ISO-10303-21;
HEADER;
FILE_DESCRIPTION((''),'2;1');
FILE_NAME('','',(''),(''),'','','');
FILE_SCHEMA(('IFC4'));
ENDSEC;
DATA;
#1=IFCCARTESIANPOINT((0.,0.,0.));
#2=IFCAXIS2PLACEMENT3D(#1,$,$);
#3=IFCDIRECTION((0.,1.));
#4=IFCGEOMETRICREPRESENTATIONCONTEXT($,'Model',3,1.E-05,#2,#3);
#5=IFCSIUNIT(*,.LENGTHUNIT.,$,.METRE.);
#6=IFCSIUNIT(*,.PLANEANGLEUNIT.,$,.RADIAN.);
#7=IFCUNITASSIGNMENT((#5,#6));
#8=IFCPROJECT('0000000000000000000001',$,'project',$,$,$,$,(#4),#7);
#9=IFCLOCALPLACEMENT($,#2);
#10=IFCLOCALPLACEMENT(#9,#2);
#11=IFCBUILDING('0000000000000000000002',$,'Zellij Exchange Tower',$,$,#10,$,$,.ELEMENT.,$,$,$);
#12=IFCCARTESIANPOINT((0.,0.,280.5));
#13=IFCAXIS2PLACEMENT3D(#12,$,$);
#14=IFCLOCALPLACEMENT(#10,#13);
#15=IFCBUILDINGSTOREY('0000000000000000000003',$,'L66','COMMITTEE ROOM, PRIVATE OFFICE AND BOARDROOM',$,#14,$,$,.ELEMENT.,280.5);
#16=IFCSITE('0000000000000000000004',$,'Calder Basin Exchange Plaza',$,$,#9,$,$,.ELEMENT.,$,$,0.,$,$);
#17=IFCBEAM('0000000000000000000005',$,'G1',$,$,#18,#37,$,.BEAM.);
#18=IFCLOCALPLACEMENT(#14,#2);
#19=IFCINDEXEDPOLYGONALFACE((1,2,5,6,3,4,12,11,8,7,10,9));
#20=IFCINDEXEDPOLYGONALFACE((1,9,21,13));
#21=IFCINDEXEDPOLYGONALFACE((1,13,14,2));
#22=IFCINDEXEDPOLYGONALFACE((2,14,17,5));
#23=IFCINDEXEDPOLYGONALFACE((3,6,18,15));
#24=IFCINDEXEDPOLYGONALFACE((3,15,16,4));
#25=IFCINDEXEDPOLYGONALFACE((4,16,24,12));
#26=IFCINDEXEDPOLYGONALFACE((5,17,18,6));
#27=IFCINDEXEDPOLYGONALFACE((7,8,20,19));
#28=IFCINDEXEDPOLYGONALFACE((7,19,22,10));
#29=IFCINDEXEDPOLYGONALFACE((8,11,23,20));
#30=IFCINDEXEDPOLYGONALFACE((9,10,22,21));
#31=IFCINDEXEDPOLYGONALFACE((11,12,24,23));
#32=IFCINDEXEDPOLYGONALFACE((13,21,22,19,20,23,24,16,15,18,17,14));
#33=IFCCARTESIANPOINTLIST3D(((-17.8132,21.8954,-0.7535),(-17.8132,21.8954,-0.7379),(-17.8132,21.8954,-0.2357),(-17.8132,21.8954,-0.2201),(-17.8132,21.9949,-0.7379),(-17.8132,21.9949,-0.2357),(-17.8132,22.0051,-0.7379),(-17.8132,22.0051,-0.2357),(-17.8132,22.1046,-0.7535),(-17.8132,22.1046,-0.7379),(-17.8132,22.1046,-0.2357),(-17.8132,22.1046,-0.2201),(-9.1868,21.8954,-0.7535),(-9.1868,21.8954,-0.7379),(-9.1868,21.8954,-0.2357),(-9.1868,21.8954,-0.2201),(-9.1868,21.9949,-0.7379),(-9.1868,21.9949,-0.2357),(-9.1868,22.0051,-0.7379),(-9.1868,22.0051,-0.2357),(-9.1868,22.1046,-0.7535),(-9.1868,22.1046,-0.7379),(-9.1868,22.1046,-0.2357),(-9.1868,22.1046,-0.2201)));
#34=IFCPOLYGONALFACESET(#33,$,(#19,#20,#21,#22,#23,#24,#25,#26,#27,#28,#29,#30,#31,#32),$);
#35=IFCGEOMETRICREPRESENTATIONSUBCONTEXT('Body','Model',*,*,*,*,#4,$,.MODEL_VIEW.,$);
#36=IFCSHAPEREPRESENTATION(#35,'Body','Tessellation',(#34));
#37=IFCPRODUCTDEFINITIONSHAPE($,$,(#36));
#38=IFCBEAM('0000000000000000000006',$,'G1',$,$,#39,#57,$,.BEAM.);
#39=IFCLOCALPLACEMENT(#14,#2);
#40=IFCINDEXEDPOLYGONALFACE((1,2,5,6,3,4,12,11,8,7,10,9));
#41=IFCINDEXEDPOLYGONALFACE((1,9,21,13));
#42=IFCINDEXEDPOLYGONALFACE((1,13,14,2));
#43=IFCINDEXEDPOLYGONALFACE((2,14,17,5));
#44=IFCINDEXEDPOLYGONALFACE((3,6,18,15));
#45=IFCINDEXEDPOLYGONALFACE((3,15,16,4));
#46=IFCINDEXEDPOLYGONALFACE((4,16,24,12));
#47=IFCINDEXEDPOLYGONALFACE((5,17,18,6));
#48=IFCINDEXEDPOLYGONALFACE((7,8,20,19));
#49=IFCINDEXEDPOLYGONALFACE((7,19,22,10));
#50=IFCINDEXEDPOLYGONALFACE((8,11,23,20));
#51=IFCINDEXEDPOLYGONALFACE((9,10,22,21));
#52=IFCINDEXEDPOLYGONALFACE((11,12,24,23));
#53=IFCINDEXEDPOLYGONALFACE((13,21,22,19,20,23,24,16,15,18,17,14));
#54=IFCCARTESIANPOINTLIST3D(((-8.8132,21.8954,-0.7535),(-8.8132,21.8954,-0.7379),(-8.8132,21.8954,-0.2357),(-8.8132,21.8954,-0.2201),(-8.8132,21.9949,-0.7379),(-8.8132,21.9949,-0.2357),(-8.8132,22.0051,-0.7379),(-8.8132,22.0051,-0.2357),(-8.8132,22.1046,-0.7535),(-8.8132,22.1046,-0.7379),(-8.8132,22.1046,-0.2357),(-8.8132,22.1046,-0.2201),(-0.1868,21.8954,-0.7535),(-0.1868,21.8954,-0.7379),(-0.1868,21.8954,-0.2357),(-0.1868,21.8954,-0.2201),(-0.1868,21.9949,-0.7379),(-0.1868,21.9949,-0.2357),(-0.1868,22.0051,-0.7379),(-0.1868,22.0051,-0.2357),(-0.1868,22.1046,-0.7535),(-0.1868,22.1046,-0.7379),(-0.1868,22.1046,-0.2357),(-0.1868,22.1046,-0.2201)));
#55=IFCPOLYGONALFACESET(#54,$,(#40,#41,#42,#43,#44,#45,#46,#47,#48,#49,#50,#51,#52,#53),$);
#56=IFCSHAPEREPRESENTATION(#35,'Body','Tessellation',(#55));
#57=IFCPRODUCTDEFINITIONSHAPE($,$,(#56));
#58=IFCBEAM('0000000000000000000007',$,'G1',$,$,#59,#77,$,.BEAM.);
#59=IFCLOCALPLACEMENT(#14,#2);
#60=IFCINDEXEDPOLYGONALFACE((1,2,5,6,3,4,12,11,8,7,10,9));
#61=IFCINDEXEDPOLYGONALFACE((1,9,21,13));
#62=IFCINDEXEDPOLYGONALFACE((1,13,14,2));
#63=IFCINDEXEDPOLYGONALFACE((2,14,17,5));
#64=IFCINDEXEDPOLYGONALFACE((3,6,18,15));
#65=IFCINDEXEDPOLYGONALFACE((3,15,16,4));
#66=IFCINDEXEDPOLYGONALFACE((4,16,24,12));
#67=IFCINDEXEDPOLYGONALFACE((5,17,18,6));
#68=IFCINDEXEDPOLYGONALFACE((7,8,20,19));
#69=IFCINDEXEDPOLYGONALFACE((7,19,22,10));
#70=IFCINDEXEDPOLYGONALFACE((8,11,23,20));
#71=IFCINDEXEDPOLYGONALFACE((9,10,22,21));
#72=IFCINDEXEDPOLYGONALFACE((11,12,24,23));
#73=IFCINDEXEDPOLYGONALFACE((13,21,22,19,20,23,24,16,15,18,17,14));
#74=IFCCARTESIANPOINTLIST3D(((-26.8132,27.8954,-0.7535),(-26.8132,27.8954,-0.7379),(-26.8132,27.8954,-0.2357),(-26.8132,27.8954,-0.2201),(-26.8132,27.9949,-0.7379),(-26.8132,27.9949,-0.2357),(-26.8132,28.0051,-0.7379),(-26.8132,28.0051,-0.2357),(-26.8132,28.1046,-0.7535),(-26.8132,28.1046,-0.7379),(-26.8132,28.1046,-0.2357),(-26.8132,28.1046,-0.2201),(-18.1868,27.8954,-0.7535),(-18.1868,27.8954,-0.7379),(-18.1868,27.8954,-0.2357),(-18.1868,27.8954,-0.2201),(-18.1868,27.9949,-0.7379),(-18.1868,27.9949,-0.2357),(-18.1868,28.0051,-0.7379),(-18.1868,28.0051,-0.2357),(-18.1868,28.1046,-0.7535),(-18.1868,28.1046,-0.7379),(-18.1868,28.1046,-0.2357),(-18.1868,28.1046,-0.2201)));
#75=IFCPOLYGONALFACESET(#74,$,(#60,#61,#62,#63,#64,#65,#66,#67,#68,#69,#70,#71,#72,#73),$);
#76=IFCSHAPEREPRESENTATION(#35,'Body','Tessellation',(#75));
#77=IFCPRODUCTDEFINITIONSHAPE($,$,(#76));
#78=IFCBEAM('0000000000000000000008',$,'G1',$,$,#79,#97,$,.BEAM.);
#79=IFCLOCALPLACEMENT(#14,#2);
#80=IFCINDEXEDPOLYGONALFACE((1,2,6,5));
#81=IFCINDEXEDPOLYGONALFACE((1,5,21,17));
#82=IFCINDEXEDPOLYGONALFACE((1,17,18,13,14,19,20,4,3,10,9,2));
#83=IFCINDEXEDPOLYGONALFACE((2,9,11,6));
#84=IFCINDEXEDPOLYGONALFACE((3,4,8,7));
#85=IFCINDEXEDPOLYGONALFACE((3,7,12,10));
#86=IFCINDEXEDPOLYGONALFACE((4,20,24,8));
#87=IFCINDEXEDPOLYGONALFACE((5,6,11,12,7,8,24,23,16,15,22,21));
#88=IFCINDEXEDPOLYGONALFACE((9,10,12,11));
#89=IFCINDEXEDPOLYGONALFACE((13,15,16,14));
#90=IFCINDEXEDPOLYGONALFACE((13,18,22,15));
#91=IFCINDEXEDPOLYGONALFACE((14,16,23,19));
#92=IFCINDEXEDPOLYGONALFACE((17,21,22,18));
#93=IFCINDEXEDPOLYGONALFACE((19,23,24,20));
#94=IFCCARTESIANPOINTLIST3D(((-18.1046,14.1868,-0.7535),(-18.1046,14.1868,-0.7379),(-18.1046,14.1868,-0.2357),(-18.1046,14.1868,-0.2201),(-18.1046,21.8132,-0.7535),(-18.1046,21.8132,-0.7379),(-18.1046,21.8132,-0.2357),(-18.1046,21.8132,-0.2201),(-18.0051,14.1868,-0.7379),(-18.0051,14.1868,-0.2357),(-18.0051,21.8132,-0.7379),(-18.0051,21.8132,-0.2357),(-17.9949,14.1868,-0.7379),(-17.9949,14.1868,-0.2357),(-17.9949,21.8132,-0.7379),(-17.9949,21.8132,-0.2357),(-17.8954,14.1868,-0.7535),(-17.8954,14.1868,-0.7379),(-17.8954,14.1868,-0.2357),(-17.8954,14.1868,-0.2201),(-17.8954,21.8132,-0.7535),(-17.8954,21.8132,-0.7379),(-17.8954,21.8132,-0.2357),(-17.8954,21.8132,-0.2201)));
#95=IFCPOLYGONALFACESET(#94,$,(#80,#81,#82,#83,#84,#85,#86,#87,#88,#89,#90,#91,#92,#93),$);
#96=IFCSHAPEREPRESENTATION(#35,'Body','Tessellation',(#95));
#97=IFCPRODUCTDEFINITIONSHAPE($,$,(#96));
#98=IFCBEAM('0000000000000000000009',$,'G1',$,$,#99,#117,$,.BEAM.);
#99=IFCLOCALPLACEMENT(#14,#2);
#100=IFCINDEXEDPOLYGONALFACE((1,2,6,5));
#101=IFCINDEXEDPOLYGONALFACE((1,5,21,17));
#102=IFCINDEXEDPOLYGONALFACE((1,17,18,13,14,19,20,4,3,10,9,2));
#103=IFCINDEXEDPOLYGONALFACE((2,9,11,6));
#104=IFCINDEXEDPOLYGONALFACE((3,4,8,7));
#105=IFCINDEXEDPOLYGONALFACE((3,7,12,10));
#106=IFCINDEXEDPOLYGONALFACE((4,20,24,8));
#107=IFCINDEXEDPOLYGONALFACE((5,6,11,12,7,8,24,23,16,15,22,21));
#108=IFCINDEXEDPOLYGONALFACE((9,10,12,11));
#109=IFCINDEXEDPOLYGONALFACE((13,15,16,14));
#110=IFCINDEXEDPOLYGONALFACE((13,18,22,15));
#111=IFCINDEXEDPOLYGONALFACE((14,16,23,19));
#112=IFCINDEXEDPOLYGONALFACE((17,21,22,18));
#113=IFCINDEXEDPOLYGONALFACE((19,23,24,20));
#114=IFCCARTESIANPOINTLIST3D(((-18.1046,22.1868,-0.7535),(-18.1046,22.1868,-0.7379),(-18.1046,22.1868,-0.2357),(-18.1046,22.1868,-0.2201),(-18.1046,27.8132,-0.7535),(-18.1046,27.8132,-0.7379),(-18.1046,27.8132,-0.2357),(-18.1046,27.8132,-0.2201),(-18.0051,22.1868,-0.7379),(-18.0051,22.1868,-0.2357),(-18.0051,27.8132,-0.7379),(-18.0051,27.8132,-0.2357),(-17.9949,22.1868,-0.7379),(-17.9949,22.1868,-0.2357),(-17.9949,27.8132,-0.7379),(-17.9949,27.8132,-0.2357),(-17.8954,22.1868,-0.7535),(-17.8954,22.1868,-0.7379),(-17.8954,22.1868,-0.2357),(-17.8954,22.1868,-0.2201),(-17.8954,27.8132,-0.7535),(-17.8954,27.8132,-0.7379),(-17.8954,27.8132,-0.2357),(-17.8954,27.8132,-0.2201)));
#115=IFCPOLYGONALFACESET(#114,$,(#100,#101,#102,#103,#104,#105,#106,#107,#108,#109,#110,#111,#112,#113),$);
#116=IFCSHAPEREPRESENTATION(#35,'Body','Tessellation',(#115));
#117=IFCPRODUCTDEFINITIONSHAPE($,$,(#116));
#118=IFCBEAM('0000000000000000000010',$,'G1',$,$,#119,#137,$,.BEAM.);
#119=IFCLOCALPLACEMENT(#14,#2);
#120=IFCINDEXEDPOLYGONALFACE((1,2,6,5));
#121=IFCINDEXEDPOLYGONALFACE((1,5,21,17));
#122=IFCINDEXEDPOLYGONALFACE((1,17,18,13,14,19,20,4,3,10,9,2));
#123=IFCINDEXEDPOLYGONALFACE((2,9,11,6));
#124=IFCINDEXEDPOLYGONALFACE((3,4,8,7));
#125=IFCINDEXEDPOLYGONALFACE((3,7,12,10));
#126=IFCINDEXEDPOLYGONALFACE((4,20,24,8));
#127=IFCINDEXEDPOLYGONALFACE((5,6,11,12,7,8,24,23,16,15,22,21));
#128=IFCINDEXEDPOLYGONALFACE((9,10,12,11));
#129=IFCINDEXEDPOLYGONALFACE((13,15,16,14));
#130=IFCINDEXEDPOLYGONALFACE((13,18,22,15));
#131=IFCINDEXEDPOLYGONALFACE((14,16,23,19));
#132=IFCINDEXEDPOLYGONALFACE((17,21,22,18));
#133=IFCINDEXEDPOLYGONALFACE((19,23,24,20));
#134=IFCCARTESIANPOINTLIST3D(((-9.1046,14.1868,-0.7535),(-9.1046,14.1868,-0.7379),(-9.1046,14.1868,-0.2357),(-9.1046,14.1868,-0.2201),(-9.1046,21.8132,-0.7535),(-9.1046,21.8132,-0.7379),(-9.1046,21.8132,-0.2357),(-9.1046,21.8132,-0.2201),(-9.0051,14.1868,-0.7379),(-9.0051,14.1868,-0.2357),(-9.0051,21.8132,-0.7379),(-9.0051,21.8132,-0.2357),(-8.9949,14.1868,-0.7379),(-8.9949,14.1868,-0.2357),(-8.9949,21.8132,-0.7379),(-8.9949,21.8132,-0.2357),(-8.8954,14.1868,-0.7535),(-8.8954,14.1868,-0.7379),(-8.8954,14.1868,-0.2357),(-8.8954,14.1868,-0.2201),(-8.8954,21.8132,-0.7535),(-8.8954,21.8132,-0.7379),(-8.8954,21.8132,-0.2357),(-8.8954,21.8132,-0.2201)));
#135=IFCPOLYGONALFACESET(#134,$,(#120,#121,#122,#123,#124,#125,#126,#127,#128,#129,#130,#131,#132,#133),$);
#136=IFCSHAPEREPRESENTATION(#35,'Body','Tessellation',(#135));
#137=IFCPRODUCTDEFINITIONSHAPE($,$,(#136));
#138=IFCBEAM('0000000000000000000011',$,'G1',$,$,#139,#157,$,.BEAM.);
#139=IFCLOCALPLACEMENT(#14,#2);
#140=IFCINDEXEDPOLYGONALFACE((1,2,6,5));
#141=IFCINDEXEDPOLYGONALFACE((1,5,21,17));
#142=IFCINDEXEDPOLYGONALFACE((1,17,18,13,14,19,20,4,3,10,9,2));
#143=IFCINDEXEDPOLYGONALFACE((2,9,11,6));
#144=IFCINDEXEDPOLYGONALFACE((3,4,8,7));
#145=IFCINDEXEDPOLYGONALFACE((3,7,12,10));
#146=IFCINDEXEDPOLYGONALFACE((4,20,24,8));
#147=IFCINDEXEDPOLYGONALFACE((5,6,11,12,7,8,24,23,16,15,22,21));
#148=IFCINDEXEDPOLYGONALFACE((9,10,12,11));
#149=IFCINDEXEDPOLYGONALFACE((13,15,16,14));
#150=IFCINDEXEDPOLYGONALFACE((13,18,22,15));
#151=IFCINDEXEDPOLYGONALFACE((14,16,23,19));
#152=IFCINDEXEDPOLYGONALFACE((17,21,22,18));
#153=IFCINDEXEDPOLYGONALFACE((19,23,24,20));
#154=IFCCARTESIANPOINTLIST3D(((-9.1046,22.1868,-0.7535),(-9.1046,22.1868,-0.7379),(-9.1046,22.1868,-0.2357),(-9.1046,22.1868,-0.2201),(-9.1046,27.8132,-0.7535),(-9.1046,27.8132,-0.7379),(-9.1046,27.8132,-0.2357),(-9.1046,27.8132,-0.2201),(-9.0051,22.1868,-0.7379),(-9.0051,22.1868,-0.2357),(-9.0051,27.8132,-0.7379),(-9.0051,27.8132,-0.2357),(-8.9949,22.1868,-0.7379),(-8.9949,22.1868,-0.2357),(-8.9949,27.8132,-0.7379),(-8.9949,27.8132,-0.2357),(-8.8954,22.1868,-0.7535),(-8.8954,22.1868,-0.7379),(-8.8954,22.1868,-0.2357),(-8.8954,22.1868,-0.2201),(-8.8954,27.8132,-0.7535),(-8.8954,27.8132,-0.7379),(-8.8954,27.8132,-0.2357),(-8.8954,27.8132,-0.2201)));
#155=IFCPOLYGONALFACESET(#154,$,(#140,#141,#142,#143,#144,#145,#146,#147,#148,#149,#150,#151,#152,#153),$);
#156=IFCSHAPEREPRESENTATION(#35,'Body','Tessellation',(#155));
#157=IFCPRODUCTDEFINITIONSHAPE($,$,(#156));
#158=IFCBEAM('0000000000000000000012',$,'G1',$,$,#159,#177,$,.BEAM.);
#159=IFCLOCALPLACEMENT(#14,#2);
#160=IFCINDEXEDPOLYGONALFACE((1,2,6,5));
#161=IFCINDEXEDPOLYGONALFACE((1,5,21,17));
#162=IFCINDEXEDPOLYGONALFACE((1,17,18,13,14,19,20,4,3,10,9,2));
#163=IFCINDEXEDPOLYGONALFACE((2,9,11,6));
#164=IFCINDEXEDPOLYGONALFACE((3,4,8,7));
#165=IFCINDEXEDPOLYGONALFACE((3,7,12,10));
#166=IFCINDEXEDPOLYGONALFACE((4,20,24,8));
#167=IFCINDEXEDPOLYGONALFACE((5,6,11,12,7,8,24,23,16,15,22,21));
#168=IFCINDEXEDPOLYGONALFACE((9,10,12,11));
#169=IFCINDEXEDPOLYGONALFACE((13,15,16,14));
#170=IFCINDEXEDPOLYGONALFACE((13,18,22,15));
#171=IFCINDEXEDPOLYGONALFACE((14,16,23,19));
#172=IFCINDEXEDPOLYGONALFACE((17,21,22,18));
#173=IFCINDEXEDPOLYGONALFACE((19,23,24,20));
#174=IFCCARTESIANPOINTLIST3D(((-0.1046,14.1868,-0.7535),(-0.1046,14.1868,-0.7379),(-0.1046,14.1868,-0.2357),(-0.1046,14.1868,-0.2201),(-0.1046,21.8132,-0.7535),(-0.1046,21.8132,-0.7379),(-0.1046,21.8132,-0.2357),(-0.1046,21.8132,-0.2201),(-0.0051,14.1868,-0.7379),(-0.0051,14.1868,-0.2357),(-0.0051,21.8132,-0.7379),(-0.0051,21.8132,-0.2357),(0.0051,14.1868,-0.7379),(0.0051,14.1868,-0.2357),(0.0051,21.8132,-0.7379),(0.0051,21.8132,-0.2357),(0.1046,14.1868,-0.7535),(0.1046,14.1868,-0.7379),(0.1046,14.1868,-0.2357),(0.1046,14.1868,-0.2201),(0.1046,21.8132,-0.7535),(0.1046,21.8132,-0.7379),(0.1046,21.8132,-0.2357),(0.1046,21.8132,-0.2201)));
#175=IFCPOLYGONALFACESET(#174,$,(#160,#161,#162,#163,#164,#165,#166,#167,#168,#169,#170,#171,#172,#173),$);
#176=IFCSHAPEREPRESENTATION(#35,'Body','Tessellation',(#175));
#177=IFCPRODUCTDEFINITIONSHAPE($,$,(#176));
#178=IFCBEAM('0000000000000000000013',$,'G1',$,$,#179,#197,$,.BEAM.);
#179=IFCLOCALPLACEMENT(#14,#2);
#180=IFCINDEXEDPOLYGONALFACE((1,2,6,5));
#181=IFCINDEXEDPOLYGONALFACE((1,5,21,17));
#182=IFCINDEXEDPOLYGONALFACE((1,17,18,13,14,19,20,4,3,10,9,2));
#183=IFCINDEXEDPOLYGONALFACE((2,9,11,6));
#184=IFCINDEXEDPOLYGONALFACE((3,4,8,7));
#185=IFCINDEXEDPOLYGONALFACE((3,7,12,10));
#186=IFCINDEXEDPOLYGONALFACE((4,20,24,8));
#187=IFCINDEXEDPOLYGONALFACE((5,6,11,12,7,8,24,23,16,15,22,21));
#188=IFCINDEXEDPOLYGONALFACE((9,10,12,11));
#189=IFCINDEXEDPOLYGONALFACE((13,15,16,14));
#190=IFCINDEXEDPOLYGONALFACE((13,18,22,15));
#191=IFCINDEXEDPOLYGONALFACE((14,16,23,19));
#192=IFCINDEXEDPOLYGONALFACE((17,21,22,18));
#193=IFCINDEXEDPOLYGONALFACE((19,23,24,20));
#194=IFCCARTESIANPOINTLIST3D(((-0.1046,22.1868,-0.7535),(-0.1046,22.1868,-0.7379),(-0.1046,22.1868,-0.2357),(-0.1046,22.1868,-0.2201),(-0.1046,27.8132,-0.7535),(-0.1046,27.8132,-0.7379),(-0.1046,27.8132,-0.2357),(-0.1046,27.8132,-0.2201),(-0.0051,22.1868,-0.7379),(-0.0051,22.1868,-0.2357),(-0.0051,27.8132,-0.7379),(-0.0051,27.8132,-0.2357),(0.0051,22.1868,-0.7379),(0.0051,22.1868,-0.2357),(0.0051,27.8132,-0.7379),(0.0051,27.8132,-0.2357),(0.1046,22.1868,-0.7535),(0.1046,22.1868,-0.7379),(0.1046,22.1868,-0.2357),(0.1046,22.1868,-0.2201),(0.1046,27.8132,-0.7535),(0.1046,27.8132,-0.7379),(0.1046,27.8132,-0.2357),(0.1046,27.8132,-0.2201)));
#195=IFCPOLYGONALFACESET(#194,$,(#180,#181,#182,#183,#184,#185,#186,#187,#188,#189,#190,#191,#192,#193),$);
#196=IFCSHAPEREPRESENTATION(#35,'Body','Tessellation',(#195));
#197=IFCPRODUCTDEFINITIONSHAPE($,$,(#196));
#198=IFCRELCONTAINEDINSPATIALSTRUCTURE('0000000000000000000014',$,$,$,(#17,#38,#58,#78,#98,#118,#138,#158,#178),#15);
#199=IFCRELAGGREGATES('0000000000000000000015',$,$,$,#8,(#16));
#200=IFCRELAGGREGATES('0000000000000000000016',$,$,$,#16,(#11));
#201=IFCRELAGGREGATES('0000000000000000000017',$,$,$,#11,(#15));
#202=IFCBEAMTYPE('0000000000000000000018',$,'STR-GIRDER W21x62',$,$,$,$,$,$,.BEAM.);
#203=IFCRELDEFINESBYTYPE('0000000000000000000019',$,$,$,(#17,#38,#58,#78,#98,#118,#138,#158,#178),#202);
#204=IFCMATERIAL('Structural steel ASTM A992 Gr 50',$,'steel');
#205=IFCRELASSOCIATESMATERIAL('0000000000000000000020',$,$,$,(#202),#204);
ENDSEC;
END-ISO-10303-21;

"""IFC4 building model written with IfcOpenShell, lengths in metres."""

from ifc_helpers import new_model, si_unit, direction, frame, origin, origin_2d, place, context, subcontext, project, spatial, i_section, extrude, material, material_profile, profile_set, type_object, element, save


model = new_model("IFC4")

# Units and contexts
model_context = context("Model", 3, precision=1e-05, world=origin(), true_north=direction((0.0, 1.0)))
body_context = subcontext(model_context, "Body", "Model", "MODEL_VIEW")
ifc_project = project(units=[si_unit("LENGTHUNIT", "METRE"), si_unit("PLANEANGLEUNIT", "RADIAN")], contexts=[model_context])

# Site, building, storey
site_placement = place(None, origin())
site = spatial("IfcSite", under=ifc_project, at=site_placement, Name="Calder Basin Exchange Plaza", CompositionType="ELEMENT", RefElevation=0.0)
building_placement = place(site_placement, origin())
building = spatial("IfcBuilding", under=site, at=building_placement, Name="Zellij Exchange Tower", CompositionType="ELEMENT")
storey_placement = place(building_placement, frame((0.0, 0.0, 280.5)))
storey = spatial("IfcBuildingStorey", under=building, at=storey_placement, Name="L66", Description="COMMITTEE ROOM, PRIVATE OFFICE AND BOARDROOM", CompositionType="ELEMENT", Elevation=280.5)

# Shared definitions
ifc_material_1 = material(Name="Structural steel ASTM A992 Gr 50", Category="steel")

# Beams
ifc_material_profile_1 = material_profile(ifc_material_1, i_section(OverallWidth=0.2092, OverallDepth=0.5334, WebThickness=0.0103, FlangeThickness=0.0156, at=origin_2d()), Name="W21x62")
ifc_profile_set_1 = profile_set([ifc_material_profile_1], Name="Structural steel ASTM A992 Gr 50")
beam_type = type_object("IfcBeamType", Name="STR-GIRDER W21x62", PredefinedType="BEAM", material=ifc_profile_set_1)
for number, where, z_axis, x_axis, name in (
    (1, (-17.8132, 22.0, -0.4868), (1.0, 0.0, 0.0), (0.0, 1.0, 0.0), "G1"),
    (2, (-8.8132, 22.0, -0.4868), (1.0, 0.0, 0.0), (0.0, 1.0, 0.0), "G1"),
    (3, (-26.8132, 28.0, -0.4868), (1.0, 0.0, 0.0), (0.0, 1.0, 0.0), "G1"),
):
    element("IfcBeam", number, at=place(storey_placement, frame(where, z_axis=z_axis, x_axis=x_axis)), inside=storey, type_object=beam_type, Name=name, PredefinedType="BEAM", context=body_context, shape_type="SweptSolid", body=[
        extrude(i_section(OverallWidth=0.2092, OverallDepth=0.5334, WebThickness=0.0103, FlangeThickness=0.0156, at=origin_2d()), origin(), (0.0, 0.0, 1.0), 8.6265),
    ])
beam_1_placement = place(storey_placement, frame((-18.0, 14.1868, -0.4868), z_axis=(0.0, 1.0, 0.0), x_axis=(-1.0, 0.0, 0.0)))
element("IfcBeam", 4, at=beam_1_placement, inside=storey, type_object=beam_type, Name="G1", PredefinedType="BEAM", context=body_context, shape_type="SweptSolid", body=[
    extrude(i_section(OverallWidth=0.2092, OverallDepth=0.5334, WebThickness=0.0103, FlangeThickness=0.0156, at=origin_2d()), origin(), (0.0, 0.0, 1.0), 7.6265),
])
beam_2_placement = place(storey_placement, frame((-18.0, 22.1868, -0.4868), z_axis=(0.0, 1.0, 0.0), x_axis=(-1.0, 0.0, 0.0)))
element("IfcBeam", 5, at=beam_2_placement, inside=storey, type_object=beam_type, Name="G1", PredefinedType="BEAM", context=body_context, shape_type="SweptSolid", body=[
    extrude(i_section(OverallWidth=0.2092, OverallDepth=0.5334, WebThickness=0.0103, FlangeThickness=0.0156, at=origin_2d()), origin(), (0.0, 0.0, 1.0), 5.6265),
])
beam_3_placement = place(storey_placement, frame((-9.0, 14.1868, -0.4868), z_axis=(0.0, 1.0, 0.0), x_axis=(-1.0, 0.0, 0.0)))
element("IfcBeam", 6, at=beam_3_placement, inside=storey, type_object=beam_type, Name="G1", PredefinedType="BEAM", context=body_context, shape_type="SweptSolid", body=[
    extrude(i_section(OverallWidth=0.2092, OverallDepth=0.5334, WebThickness=0.0103, FlangeThickness=0.0156, at=origin_2d()), origin(), (0.0, 0.0, 1.0), 7.6265),
])
beam_4_placement = place(storey_placement, frame((-9.0, 22.1868, -0.4868), z_axis=(0.0, 1.0, 0.0), x_axis=(-1.0, 0.0, 0.0)))
element("IfcBeam", 7, at=beam_4_placement, inside=storey, type_object=beam_type, Name="G1", PredefinedType="BEAM", context=body_context, shape_type="SweptSolid", body=[
    extrude(i_section(OverallWidth=0.2092, OverallDepth=0.5334, WebThickness=0.0103, FlangeThickness=0.0156, at=origin_2d()), origin(), (0.0, 0.0, 1.0), 5.6265),
])
beam_5_placement = place(storey_placement, frame((0.0, 14.1868, -0.4868), z_axis=(0.0, 1.0, 0.0), x_axis=(-1.0, 0.0, 0.0)))
element("IfcBeam", 8, at=beam_5_placement, inside=storey, type_object=beam_type, Name="G1", PredefinedType="BEAM", context=body_context, shape_type="SweptSolid", body=[
    extrude(i_section(OverallWidth=0.2092, OverallDepth=0.5334, WebThickness=0.0103, FlangeThickness=0.0156, at=origin_2d()), origin(), (0.0, 0.0, 1.0), 7.6265),
])
beam_6_placement = place(storey_placement, frame((0.0, 22.1868, -0.4868), z_axis=(0.0, 1.0, 0.0), x_axis=(-1.0, 0.0, 0.0)))
element("IfcBeam", 9, at=beam_6_placement, inside=storey, type_object=beam_type, Name="G1", PredefinedType="BEAM", context=body_context, shape_type="SweptSolid", body=[
    extrude(i_section(OverallWidth=0.2092, OverallDepth=0.5334, WebThickness=0.0103, FlangeThickness=0.0156, at=origin_2d()), origin(), (0.0, 0.0, 1.0), 5.6265),
])

save(model, "model.ifc")
